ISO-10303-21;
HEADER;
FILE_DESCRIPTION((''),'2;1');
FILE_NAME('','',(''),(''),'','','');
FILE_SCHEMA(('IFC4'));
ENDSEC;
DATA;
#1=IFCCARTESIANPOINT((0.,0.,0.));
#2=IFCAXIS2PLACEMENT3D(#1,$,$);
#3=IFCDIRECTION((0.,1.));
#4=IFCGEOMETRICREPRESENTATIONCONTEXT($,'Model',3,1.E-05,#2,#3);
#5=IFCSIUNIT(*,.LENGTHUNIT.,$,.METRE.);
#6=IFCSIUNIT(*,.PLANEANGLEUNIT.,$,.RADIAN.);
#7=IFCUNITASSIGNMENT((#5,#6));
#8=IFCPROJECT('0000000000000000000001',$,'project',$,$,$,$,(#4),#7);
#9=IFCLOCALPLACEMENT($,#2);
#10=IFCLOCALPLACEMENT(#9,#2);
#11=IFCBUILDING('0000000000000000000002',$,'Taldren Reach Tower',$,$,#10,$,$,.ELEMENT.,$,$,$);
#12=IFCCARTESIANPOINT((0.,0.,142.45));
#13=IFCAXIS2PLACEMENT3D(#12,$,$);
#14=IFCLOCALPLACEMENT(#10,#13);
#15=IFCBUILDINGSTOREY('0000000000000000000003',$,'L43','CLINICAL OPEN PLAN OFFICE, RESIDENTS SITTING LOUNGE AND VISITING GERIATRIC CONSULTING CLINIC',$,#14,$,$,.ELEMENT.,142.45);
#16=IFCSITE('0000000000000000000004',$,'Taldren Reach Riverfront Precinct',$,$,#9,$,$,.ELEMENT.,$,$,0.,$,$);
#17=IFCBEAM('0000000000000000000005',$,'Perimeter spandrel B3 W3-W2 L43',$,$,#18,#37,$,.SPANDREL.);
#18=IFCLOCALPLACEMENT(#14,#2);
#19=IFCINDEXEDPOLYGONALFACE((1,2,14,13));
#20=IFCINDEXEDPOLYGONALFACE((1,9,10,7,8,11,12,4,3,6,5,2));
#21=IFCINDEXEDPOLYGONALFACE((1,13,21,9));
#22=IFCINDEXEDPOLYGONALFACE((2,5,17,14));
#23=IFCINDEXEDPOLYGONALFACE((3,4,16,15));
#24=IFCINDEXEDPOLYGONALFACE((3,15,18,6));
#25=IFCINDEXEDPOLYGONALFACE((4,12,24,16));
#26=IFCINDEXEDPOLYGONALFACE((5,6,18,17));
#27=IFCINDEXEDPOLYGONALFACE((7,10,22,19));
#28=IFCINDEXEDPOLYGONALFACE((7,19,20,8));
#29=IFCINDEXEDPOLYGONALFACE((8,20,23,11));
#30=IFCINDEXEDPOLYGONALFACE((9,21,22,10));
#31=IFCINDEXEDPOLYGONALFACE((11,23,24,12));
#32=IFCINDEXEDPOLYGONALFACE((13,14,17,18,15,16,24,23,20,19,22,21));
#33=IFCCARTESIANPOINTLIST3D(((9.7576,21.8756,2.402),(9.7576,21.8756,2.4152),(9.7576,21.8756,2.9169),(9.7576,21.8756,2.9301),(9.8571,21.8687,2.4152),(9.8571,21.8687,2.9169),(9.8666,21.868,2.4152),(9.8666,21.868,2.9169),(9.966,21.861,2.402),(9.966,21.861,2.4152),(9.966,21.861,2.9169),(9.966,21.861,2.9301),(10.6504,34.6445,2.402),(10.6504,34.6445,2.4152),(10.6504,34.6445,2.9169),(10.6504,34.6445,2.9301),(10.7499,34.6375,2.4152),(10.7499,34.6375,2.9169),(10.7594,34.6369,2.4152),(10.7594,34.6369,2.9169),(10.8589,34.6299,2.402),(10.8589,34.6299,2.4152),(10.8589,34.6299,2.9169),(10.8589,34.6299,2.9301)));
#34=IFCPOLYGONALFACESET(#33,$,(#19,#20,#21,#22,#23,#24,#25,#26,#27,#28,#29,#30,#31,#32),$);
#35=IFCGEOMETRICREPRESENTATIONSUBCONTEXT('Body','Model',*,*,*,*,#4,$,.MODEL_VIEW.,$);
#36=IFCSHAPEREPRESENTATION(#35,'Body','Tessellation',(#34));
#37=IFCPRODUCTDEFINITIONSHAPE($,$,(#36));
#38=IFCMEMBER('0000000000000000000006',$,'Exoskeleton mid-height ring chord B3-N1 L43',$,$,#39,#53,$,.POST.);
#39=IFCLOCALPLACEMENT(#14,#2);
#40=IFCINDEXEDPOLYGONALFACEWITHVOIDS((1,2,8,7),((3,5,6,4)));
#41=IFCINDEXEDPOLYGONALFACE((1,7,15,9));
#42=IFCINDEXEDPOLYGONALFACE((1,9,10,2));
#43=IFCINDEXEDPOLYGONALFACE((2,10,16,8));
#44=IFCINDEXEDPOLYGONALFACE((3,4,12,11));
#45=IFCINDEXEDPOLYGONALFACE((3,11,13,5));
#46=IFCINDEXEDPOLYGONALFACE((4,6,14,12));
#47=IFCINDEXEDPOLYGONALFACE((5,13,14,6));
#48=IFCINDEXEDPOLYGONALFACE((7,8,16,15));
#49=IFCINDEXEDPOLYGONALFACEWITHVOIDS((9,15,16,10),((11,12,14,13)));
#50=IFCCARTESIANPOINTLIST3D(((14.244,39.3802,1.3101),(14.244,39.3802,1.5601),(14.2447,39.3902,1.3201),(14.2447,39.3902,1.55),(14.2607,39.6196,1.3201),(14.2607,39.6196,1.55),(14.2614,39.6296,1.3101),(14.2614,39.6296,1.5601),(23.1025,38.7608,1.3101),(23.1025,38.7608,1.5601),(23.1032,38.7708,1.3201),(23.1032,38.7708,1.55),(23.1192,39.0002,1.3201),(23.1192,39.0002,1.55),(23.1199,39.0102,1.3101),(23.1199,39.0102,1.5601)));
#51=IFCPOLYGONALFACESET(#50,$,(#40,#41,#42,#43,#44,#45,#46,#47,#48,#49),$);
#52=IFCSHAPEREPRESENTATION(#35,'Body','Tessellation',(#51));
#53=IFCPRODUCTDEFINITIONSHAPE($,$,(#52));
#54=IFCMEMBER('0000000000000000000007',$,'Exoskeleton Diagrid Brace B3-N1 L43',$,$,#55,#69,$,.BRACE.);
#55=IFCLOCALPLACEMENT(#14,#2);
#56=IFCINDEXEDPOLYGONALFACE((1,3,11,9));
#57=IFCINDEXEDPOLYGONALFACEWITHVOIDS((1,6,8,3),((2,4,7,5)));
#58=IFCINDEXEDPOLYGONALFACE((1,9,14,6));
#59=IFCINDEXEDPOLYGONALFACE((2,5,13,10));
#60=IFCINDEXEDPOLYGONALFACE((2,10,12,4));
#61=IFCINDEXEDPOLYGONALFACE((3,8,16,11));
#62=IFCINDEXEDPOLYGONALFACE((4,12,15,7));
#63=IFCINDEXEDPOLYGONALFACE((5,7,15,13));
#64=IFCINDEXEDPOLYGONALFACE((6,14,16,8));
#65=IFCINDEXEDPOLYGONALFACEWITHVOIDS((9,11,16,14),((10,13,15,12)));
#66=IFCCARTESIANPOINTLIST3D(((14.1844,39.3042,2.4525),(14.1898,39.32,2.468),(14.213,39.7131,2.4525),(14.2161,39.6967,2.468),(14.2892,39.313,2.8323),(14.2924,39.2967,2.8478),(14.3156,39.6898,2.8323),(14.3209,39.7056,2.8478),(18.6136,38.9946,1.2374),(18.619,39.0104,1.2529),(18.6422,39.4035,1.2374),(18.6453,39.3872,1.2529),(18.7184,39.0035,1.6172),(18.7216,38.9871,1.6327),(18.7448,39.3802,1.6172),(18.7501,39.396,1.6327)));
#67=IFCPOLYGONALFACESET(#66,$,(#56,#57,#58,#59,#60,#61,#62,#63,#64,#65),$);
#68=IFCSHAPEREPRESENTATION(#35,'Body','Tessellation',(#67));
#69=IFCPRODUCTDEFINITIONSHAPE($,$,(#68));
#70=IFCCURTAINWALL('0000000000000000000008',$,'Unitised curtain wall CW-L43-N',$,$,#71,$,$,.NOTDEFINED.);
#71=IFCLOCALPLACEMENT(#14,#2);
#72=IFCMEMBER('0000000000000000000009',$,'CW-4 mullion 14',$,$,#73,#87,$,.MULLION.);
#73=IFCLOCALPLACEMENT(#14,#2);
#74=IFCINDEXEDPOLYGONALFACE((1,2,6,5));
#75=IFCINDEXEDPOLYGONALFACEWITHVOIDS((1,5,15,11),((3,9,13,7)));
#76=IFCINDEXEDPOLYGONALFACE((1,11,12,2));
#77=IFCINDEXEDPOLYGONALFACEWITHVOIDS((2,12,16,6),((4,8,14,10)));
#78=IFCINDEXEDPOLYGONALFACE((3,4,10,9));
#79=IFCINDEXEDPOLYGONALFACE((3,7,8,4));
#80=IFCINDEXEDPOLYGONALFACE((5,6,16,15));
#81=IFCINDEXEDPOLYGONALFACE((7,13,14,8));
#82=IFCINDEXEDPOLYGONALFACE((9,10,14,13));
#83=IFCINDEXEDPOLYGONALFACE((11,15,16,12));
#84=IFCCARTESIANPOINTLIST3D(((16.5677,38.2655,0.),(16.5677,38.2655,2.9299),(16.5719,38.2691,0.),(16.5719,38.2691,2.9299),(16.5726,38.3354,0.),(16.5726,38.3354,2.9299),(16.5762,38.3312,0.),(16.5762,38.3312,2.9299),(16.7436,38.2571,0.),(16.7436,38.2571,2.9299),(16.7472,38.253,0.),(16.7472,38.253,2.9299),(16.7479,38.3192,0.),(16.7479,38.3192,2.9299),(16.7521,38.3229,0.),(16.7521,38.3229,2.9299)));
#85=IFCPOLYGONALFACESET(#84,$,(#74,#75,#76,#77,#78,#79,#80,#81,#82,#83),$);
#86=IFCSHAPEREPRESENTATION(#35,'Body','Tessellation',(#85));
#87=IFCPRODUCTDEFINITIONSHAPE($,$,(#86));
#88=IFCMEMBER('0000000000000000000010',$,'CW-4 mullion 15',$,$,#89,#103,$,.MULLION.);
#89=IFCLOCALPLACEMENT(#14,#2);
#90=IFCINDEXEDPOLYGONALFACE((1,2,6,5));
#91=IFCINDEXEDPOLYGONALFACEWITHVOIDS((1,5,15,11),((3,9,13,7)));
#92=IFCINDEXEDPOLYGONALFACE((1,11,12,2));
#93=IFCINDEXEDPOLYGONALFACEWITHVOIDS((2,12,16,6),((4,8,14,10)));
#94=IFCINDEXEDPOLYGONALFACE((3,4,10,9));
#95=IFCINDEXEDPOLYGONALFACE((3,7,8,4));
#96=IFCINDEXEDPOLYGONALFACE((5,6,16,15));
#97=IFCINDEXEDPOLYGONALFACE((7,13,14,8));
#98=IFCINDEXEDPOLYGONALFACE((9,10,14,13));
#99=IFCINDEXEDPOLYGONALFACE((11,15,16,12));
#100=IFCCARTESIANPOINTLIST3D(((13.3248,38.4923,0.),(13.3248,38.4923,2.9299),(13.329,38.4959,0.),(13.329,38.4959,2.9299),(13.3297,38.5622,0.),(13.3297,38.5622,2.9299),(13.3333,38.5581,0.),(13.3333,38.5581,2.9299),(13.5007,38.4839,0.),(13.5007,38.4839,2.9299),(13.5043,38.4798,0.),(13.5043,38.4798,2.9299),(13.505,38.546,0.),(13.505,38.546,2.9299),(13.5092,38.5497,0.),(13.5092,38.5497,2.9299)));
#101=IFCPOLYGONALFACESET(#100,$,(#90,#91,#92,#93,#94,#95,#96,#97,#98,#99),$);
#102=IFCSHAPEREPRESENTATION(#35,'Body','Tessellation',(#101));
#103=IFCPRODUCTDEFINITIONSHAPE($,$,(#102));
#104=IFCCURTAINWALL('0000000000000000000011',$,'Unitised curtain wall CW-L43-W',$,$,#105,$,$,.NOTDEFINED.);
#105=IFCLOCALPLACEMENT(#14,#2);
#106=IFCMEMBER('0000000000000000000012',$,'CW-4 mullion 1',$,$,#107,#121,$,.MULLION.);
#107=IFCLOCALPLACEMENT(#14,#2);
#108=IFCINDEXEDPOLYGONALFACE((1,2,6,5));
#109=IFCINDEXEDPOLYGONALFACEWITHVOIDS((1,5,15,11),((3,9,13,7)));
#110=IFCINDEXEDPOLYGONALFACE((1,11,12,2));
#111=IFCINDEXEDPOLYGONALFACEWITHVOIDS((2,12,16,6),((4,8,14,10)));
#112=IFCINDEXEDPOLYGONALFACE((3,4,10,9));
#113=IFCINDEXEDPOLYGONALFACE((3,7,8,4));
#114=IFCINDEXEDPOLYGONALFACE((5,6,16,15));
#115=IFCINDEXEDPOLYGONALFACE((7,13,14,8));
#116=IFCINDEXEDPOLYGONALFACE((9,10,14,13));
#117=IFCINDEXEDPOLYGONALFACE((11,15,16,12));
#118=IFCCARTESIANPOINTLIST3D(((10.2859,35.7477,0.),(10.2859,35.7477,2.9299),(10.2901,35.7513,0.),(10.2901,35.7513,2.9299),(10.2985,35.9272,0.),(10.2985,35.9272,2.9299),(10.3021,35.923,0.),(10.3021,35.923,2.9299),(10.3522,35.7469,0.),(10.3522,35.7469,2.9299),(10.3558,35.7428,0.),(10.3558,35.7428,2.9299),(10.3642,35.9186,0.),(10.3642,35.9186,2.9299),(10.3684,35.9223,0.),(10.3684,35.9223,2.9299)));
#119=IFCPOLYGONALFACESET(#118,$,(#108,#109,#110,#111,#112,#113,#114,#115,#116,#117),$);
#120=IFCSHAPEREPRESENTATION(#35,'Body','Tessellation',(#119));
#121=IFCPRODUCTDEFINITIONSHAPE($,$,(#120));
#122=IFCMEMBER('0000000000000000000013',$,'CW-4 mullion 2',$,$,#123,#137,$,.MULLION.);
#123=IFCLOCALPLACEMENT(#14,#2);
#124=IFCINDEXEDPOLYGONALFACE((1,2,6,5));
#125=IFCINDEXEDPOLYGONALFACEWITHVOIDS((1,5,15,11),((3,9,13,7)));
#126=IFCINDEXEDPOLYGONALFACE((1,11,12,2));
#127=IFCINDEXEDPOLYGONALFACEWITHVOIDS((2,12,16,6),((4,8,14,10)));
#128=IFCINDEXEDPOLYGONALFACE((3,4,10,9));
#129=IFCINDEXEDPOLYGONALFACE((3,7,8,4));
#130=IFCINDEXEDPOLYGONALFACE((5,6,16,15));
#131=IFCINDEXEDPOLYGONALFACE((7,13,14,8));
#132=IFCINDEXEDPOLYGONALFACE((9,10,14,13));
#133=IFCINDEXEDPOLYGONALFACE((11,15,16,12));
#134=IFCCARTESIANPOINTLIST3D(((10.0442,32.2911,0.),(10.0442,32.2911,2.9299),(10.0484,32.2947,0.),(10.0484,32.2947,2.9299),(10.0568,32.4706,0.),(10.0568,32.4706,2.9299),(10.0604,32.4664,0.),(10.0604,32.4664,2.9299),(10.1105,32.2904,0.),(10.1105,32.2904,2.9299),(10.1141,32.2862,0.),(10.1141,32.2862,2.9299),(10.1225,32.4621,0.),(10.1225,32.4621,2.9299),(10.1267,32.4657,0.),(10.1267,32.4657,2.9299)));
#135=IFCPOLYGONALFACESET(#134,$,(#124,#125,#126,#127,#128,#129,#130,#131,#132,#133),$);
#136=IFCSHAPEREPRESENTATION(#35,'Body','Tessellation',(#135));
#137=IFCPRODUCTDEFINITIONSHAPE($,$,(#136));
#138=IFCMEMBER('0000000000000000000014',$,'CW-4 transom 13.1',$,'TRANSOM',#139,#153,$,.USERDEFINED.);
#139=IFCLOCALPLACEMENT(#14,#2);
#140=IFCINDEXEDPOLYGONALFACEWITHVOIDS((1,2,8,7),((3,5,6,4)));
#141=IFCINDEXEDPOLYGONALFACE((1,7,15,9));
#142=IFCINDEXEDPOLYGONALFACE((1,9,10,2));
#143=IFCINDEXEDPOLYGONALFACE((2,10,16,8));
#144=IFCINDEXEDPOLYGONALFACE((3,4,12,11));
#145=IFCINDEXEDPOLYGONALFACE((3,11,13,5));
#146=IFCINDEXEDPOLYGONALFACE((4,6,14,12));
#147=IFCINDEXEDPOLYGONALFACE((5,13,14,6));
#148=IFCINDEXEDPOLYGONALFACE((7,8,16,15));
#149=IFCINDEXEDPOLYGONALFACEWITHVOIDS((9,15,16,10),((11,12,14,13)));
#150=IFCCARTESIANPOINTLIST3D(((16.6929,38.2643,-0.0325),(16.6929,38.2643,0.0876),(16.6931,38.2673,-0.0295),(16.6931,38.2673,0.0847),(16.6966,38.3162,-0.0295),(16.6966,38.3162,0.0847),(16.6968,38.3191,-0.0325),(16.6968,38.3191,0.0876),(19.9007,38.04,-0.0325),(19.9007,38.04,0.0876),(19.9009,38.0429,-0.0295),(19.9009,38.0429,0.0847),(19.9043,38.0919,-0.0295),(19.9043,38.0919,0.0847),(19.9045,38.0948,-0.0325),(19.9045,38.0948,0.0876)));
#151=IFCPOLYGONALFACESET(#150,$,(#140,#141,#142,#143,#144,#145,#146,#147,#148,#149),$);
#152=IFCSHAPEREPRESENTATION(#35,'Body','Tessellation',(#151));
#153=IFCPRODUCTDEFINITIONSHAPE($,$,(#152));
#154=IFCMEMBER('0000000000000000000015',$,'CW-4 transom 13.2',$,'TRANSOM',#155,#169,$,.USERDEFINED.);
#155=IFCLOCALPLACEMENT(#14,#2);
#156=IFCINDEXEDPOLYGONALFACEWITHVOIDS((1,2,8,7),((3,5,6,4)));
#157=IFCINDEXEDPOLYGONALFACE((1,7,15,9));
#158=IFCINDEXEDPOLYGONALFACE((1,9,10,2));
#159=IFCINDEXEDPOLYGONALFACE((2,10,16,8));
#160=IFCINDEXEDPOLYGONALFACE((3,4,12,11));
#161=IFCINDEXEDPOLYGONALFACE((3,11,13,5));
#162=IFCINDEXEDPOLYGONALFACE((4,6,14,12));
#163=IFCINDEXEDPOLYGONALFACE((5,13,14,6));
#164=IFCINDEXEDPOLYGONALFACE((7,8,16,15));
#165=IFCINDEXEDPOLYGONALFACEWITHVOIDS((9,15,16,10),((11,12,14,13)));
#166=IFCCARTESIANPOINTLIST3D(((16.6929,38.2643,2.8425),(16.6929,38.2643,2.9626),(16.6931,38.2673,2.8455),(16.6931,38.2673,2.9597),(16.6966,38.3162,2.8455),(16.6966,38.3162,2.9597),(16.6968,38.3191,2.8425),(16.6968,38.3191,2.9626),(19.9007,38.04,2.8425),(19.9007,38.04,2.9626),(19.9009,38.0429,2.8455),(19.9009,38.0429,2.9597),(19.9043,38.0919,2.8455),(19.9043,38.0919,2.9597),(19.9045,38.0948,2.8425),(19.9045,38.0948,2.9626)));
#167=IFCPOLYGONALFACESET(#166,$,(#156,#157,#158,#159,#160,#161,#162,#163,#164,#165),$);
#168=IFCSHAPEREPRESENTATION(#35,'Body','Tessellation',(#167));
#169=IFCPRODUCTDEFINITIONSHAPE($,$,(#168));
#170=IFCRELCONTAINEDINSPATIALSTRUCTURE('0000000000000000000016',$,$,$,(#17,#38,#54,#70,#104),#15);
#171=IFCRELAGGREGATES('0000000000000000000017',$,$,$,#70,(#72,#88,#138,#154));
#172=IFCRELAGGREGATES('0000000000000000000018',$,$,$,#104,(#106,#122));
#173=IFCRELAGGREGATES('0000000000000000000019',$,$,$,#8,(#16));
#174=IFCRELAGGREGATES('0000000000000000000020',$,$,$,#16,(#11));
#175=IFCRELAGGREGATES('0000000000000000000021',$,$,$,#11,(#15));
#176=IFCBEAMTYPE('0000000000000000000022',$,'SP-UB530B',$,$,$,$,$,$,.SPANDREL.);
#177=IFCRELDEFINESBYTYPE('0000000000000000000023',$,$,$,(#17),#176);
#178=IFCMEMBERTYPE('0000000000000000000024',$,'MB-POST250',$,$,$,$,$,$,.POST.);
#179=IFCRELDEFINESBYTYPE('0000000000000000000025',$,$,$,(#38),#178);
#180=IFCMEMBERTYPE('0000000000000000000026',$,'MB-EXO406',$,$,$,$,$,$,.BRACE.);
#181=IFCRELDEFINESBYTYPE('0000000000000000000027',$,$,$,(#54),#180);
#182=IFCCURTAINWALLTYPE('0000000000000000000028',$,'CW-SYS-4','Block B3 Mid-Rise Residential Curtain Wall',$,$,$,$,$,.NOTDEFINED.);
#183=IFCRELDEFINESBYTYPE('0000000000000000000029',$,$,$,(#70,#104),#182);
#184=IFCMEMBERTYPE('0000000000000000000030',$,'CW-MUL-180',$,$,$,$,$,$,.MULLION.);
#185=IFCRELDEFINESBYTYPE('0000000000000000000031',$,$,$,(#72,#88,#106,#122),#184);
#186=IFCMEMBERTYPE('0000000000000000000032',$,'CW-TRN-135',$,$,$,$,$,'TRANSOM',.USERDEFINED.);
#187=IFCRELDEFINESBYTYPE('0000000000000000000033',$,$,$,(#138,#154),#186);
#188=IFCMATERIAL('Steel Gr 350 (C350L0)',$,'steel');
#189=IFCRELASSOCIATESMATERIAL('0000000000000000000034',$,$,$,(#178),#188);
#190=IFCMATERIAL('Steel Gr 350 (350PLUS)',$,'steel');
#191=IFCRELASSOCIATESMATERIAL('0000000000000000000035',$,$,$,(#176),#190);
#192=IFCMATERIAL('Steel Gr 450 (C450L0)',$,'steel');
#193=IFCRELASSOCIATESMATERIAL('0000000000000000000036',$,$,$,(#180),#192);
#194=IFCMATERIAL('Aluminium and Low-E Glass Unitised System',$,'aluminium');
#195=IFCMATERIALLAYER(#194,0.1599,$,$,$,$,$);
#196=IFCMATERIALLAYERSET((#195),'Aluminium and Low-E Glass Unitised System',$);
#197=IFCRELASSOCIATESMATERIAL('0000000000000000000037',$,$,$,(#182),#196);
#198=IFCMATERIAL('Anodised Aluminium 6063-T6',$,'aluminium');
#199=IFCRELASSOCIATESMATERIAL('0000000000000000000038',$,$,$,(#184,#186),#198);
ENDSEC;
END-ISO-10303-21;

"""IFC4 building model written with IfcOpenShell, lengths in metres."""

from ifc_helpers import new_model, si_unit, direction, frame, origin, origin_2d, place, context, subcontext, project, spatial, hollow_rectangle, i_section, extrude, source, transform, mapped, material, layer, layer_set, material_profile, profile_set, type_object, element, aggregate, save


model = new_model("IFC4")

# Units and contexts
model_context = context("Model", 3, precision=1e-05, world=origin(), true_north=direction((0.0, 1.0)))
body_context = subcontext(model_context, "Body", "Model", "MODEL_VIEW")
ifc_project = project(units=[si_unit("LENGTHUNIT", "METRE"), si_unit("PLANEANGLEUNIT", "RADIAN")], contexts=[model_context])

# Site, building, storey
site_placement = place(None, origin())
site = spatial("IfcSite", under=ifc_project, at=site_placement, Name="Taldren Reach Riverfront Precinct", CompositionType="ELEMENT", RefElevation=0.0)
building_placement = place(site_placement, origin())
building = spatial("IfcBuilding", under=site, at=building_placement, Name="Taldren Reach Tower", CompositionType="ELEMENT")
storey_placement = place(building_placement, frame((0.0, 0.0, 142.45)))
storey = spatial("IfcBuildingStorey", under=building, at=storey_placement, Name="L43", Description="CLINICAL OPEN PLAN OFFICE, RESIDENTS SITTING LOUNGE AND VISITING GERIATRIC CONSULTING CLINIC", CompositionType="ELEMENT", Elevation=142.45)

# Shared definitions
ifc_material_1 = material(Name="Steel Gr 450 (C450L0)", Category="steel")
ifc_material_2 = material(Name="Steel Gr 350 (350PLUS)", Category="steel")

# Shared definitions
ifc_material_3 = material(Name="Steel Gr 350 (C350L0)", Category="steel")
ifc_material_profile_1 = material_profile(ifc_material_3, hollow_rectangle(XDim=0.25, YDim=0.25, WallThickness=0.01, at=origin_2d()), Name="250x250x10.0SHS")
ifc_profile_set_1 = profile_set([ifc_material_profile_1], Name="Steel Gr 350 (C350L0)")
member_type_1 = type_object("IfcMemberType", Name="MB-POST250", PredefinedType="POST", material=ifc_profile_set_1)

# Beam
ifc_material_profile_2 = material_profile(ifc_material_2, i_section(OverallWidth=0.209, OverallDepth=0.5281, WebThickness=0.0095, FlangeThickness=0.0132, at=origin_2d()), Name="530UB82.0")
ifc_profile_set_2 = profile_set([ifc_material_profile_2], Name="Steel Gr 350 (350PLUS)")
beam_type_1 = type_object("IfcBeamType", Name="SP-UB530B", PredefinedType="SPANDREL", material=ifc_profile_set_2)
shared_shape_1 = source(origin(), body_context, "Body", "SweptSolid", [
    extrude(i_section(OverallWidth=0.209, OverallDepth=0.5281, WebThickness=0.0095, FlangeThickness=0.0132, at=origin_2d()), origin(), (0.0, 0.0, 1.0), 12.8),
])
beam_1_placement = place(storey_placement, frame((10.7546, 34.6372, 2.666), z_axis=(-0.069752, -0.997564, 0.0), x_axis=(0.997564, -0.069752, 0.0)))
element("IfcBeam", 1, at=beam_1_placement, inside=storey, type_object=beam_type_1, Name="Perimeter spandrel B3 W3-W2 L43", PredefinedType="SPANDREL", context=body_context, shape_type="MappedRepresentation", body=[
    mapped(shared_shape_1, transform((0.0, 0.0, 0.0), scale=1.0)),
])

# Members
shared_shape_2 = source(origin(), body_context, "Body", "SweptSolid", [
    extrude(hollow_rectangle(XDim=0.25, YDim=0.25, WallThickness=0.01, at=origin_2d()), origin(), (0.0, 0.0, 1.0), 8.8801),
])
member_1_placement = place(storey_placement, frame((14.2527, 39.5049, 1.4351), z_axis=(0.997564, -0.06975, 0.0), x_axis=(0.06975, 0.997564, 0.0)))
element("IfcMember", 2, at=member_1_placement, inside=storey, type_object=member_type_1, Name="Exoskeleton mid-height ring chord B3-N1 L43", PredefinedType="POST", context=body_context, shape_type="MappedRepresentation", body=[
    mapped(shared_shape_2, transform((0.0, 0.0, 0.0), scale=1.0)),
])
ifc_material_profile_3 = material_profile(ifc_material_1, hollow_rectangle(XDim=0.4099, YDim=0.4099, WallThickness=0.0161, at=origin_2d()), Name="410x410x16.0SHS")
ifc_profile_set_3 = profile_set([ifc_material_profile_3], Name="Steel Gr 450 (C450L0)")
member_type_2 = type_object("IfcMemberType", Name="MB-EXO406", PredefinedType="BRACE", material=ifc_profile_set_3)
shared_shape_3 = source(origin(), body_context, "Body", "SweptSolid", [
    extrude(hollow_rectangle(XDim=0.4099, YDim=0.4099, WallThickness=0.0161, at=origin_2d()), origin(), (0.0, 0.0, 1.0), 4.6033),
])
member_2_placement = place(storey_placement, frame((18.6819, 39.1953, 1.4351), z_axis=(-0.962186, 0.06725, 0.263962), x_axis=(-0.069723, -0.997566, 0.0)))
element("IfcMember", 3, at=member_2_placement, inside=storey, type_object=member_type_2, Name="Exoskeleton Diagrid Brace B3-N1 L43", PredefinedType="BRACE", context=body_context, shape_type="MappedRepresentation", body=[
    mapped(shared_shape_3, transform((0.0, 0.0, 0.0), scale=1.0)),
])

# Curtain walls, members
ifc_material_4 = material(Name="Aluminium and Low-E Glass Unitised System", Category="aluminium")
ifc_layer_1 = layer(ifc_material_4, 0.1599)
ifc_layer_set_1 = layer_set([ifc_layer_1], Name="Aluminium and Low-E Glass Unitised System")
curtain_wall_type = type_object("IfcCurtainWallType", Name="CW-SYS-4", Description="Block B3 Mid-Rise Residential Curtain Wall", PredefinedType="NOTDEFINED", material=ifc_layer_set_1)
curtain_wall_1_placement = place(storey_placement, origin())
curtain_wall_1 = element("IfcCurtainWall", 4, at=curtain_wall_1_placement, inside=storey, type_object=curtain_wall_type, Name="Unitised curtain wall CW-L43-N", PredefinedType="NOTDEFINED")
ifc_material_5 = material(Name="Anodised Aluminium 6063-T6", Category="aluminium")
ifc_material_profile_4 = material_profile(ifc_material_5, hollow_rectangle(XDim=0.0701, YDim=0.1799, WallThickness=0.0039, at=origin_2d()), Name="ALU-180x70x4RHS")
ifc_profile_set_4 = profile_set([ifc_material_profile_4], Name="Anodised Aluminium 6063-T6")
member_type_3 = type_object("IfcMemberType", Name="CW-MUL-180", PredefinedType="MULLION", material=ifc_profile_set_4)
shared_shape_4 = source(origin(), body_context, "Body", "SweptSolid", [
    extrude(hollow_rectangle(XDim=0.0701, YDim=0.1799, WallThickness=0.0039, at=origin_2d()), origin(), (0.0, 0.0, 1.0), 2.9299),
])
member_3_placement = place(storey_placement, frame((16.6599, 38.2942, 0.0), z_axis=(0.0, 0.0, 1.0), x_axis=(-0.069757, -0.997564, 0.0)))
member_3 = element("IfcMember", 5, at=member_3_placement, type_object=member_type_3, Name="CW-4 mullion 14", PredefinedType="MULLION", context=body_context, shape_type="MappedRepresentation", body=[
    mapped(shared_shape_4, transform((0.0, 0.0, 0.0), scale=1.0)),
])
member_4_placement = place(storey_placement, frame((13.417, 38.521, 0.0), z_axis=(0.0, 0.0, 1.0), x_axis=(-0.069757, -0.997564, 0.0)))
member_4 = element("IfcMember", 6, at=member_4_placement, type_object=member_type_3, Name="CW-4 mullion 15", PredefinedType="MULLION", context=body_context, shape_type="MappedRepresentation", body=[
    mapped(shared_shape_4, transform((0.0, 0.0, 0.0), scale=1.0)),
])
curtain_wall_2_placement = place(storey_placement, origin())
curtain_wall_2 = element("IfcCurtainWall", 7, at=curtain_wall_2_placement, inside=storey, type_object=curtain_wall_type, Name="Unitised curtain wall CW-L43-W", PredefinedType="NOTDEFINED")
member_5_placement = place(storey_placement, frame((10.3271, 35.835, 0.0), z_axis=(0.0, 0.0, 1.0), x_axis=(0.997564, -0.069756, 0.0)))
member_5 = element("IfcMember", 8, at=member_5_placement, type_object=member_type_3, Name="CW-4 mullion 1", PredefinedType="MULLION", context=body_context, shape_type="MappedRepresentation", body=[
    mapped(shared_shape_4, transform((0.0, 0.0, 0.0), scale=1.0)),
])
member_6_placement = place(storey_placement, frame((10.0854, 32.3784, 0.0), z_axis=(0.0, 0.0, 1.0), x_axis=(0.997564, -0.069756, 0.0)))
member_6 = element("IfcMember", 9, at=member_6_placement, type_object=member_type_3, Name="CW-4 mullion 2", PredefinedType="MULLION", context=body_context, shape_type="MappedRepresentation", body=[
    mapped(shared_shape_4, transform((0.0, 0.0, 0.0), scale=1.0)),
])

# Members
ifc_material_profile_5 = material_profile(ifc_material_5, hollow_rectangle(XDim=0.0549, YDim=0.1201, WallThickness=0.0029, at=origin_2d()), Name="ALU-120x55x3RHS")
ifc_profile_set_5 = profile_set([ifc_material_profile_5], Name="Anodised Aluminium 6063-T6")
member_type_4 = type_object("IfcMemberType", Name="CW-TRN-135", ElementType="TRANSOM", PredefinedType="USERDEFINED", material=ifc_profile_set_5)
shared_shape_5 = source(origin(), body_context, "Body", "SweptSolid", [
    extrude(hollow_rectangle(XDim=0.0549, YDim=0.1201, WallThickness=0.0029, at=origin_2d()), origin(), (0.0, 0.0, 1.0), 3.2156),
])
member_7_placement = place(storey_placement, frame((19.9026, 38.0674, 0.0276), z_axis=(-0.997563, 0.069774, 0.0), x_axis=(-0.069774, -0.997563, 0.0)))
member_7 = element("IfcMember", 10, at=member_7_placement, type_object=member_type_4, Name="CW-4 transom 13.1", ObjectType="TRANSOM", PredefinedType="USERDEFINED", context=body_context, shape_type="MappedRepresentation", body=[
    mapped(shared_shape_5, transform((0.0, 0.0, 0.0), scale=1.0)),
])
member_8_placement = place(storey_placement, frame((19.9026, 38.0674, 2.9026), z_axis=(-0.997563, 0.069774, 0.0), x_axis=(-0.069774, -0.997563, 0.0)))
member_8 = element("IfcMember", 11, at=member_8_placement, type_object=member_type_4, Name="CW-4 transom 13.2", ObjectType="TRANSOM", PredefinedType="USERDEFINED", context=body_context, shape_type="MappedRepresentation", body=[
    mapped(shared_shape_5, transform((0.0, 0.0, 0.0), scale=1.0)),
])

aggregate(curtain_wall_1, [member_3, member_4, member_7, member_8])
aggregate(curtain_wall_2, [member_5, member_6])

save(model, "model.ifc")
